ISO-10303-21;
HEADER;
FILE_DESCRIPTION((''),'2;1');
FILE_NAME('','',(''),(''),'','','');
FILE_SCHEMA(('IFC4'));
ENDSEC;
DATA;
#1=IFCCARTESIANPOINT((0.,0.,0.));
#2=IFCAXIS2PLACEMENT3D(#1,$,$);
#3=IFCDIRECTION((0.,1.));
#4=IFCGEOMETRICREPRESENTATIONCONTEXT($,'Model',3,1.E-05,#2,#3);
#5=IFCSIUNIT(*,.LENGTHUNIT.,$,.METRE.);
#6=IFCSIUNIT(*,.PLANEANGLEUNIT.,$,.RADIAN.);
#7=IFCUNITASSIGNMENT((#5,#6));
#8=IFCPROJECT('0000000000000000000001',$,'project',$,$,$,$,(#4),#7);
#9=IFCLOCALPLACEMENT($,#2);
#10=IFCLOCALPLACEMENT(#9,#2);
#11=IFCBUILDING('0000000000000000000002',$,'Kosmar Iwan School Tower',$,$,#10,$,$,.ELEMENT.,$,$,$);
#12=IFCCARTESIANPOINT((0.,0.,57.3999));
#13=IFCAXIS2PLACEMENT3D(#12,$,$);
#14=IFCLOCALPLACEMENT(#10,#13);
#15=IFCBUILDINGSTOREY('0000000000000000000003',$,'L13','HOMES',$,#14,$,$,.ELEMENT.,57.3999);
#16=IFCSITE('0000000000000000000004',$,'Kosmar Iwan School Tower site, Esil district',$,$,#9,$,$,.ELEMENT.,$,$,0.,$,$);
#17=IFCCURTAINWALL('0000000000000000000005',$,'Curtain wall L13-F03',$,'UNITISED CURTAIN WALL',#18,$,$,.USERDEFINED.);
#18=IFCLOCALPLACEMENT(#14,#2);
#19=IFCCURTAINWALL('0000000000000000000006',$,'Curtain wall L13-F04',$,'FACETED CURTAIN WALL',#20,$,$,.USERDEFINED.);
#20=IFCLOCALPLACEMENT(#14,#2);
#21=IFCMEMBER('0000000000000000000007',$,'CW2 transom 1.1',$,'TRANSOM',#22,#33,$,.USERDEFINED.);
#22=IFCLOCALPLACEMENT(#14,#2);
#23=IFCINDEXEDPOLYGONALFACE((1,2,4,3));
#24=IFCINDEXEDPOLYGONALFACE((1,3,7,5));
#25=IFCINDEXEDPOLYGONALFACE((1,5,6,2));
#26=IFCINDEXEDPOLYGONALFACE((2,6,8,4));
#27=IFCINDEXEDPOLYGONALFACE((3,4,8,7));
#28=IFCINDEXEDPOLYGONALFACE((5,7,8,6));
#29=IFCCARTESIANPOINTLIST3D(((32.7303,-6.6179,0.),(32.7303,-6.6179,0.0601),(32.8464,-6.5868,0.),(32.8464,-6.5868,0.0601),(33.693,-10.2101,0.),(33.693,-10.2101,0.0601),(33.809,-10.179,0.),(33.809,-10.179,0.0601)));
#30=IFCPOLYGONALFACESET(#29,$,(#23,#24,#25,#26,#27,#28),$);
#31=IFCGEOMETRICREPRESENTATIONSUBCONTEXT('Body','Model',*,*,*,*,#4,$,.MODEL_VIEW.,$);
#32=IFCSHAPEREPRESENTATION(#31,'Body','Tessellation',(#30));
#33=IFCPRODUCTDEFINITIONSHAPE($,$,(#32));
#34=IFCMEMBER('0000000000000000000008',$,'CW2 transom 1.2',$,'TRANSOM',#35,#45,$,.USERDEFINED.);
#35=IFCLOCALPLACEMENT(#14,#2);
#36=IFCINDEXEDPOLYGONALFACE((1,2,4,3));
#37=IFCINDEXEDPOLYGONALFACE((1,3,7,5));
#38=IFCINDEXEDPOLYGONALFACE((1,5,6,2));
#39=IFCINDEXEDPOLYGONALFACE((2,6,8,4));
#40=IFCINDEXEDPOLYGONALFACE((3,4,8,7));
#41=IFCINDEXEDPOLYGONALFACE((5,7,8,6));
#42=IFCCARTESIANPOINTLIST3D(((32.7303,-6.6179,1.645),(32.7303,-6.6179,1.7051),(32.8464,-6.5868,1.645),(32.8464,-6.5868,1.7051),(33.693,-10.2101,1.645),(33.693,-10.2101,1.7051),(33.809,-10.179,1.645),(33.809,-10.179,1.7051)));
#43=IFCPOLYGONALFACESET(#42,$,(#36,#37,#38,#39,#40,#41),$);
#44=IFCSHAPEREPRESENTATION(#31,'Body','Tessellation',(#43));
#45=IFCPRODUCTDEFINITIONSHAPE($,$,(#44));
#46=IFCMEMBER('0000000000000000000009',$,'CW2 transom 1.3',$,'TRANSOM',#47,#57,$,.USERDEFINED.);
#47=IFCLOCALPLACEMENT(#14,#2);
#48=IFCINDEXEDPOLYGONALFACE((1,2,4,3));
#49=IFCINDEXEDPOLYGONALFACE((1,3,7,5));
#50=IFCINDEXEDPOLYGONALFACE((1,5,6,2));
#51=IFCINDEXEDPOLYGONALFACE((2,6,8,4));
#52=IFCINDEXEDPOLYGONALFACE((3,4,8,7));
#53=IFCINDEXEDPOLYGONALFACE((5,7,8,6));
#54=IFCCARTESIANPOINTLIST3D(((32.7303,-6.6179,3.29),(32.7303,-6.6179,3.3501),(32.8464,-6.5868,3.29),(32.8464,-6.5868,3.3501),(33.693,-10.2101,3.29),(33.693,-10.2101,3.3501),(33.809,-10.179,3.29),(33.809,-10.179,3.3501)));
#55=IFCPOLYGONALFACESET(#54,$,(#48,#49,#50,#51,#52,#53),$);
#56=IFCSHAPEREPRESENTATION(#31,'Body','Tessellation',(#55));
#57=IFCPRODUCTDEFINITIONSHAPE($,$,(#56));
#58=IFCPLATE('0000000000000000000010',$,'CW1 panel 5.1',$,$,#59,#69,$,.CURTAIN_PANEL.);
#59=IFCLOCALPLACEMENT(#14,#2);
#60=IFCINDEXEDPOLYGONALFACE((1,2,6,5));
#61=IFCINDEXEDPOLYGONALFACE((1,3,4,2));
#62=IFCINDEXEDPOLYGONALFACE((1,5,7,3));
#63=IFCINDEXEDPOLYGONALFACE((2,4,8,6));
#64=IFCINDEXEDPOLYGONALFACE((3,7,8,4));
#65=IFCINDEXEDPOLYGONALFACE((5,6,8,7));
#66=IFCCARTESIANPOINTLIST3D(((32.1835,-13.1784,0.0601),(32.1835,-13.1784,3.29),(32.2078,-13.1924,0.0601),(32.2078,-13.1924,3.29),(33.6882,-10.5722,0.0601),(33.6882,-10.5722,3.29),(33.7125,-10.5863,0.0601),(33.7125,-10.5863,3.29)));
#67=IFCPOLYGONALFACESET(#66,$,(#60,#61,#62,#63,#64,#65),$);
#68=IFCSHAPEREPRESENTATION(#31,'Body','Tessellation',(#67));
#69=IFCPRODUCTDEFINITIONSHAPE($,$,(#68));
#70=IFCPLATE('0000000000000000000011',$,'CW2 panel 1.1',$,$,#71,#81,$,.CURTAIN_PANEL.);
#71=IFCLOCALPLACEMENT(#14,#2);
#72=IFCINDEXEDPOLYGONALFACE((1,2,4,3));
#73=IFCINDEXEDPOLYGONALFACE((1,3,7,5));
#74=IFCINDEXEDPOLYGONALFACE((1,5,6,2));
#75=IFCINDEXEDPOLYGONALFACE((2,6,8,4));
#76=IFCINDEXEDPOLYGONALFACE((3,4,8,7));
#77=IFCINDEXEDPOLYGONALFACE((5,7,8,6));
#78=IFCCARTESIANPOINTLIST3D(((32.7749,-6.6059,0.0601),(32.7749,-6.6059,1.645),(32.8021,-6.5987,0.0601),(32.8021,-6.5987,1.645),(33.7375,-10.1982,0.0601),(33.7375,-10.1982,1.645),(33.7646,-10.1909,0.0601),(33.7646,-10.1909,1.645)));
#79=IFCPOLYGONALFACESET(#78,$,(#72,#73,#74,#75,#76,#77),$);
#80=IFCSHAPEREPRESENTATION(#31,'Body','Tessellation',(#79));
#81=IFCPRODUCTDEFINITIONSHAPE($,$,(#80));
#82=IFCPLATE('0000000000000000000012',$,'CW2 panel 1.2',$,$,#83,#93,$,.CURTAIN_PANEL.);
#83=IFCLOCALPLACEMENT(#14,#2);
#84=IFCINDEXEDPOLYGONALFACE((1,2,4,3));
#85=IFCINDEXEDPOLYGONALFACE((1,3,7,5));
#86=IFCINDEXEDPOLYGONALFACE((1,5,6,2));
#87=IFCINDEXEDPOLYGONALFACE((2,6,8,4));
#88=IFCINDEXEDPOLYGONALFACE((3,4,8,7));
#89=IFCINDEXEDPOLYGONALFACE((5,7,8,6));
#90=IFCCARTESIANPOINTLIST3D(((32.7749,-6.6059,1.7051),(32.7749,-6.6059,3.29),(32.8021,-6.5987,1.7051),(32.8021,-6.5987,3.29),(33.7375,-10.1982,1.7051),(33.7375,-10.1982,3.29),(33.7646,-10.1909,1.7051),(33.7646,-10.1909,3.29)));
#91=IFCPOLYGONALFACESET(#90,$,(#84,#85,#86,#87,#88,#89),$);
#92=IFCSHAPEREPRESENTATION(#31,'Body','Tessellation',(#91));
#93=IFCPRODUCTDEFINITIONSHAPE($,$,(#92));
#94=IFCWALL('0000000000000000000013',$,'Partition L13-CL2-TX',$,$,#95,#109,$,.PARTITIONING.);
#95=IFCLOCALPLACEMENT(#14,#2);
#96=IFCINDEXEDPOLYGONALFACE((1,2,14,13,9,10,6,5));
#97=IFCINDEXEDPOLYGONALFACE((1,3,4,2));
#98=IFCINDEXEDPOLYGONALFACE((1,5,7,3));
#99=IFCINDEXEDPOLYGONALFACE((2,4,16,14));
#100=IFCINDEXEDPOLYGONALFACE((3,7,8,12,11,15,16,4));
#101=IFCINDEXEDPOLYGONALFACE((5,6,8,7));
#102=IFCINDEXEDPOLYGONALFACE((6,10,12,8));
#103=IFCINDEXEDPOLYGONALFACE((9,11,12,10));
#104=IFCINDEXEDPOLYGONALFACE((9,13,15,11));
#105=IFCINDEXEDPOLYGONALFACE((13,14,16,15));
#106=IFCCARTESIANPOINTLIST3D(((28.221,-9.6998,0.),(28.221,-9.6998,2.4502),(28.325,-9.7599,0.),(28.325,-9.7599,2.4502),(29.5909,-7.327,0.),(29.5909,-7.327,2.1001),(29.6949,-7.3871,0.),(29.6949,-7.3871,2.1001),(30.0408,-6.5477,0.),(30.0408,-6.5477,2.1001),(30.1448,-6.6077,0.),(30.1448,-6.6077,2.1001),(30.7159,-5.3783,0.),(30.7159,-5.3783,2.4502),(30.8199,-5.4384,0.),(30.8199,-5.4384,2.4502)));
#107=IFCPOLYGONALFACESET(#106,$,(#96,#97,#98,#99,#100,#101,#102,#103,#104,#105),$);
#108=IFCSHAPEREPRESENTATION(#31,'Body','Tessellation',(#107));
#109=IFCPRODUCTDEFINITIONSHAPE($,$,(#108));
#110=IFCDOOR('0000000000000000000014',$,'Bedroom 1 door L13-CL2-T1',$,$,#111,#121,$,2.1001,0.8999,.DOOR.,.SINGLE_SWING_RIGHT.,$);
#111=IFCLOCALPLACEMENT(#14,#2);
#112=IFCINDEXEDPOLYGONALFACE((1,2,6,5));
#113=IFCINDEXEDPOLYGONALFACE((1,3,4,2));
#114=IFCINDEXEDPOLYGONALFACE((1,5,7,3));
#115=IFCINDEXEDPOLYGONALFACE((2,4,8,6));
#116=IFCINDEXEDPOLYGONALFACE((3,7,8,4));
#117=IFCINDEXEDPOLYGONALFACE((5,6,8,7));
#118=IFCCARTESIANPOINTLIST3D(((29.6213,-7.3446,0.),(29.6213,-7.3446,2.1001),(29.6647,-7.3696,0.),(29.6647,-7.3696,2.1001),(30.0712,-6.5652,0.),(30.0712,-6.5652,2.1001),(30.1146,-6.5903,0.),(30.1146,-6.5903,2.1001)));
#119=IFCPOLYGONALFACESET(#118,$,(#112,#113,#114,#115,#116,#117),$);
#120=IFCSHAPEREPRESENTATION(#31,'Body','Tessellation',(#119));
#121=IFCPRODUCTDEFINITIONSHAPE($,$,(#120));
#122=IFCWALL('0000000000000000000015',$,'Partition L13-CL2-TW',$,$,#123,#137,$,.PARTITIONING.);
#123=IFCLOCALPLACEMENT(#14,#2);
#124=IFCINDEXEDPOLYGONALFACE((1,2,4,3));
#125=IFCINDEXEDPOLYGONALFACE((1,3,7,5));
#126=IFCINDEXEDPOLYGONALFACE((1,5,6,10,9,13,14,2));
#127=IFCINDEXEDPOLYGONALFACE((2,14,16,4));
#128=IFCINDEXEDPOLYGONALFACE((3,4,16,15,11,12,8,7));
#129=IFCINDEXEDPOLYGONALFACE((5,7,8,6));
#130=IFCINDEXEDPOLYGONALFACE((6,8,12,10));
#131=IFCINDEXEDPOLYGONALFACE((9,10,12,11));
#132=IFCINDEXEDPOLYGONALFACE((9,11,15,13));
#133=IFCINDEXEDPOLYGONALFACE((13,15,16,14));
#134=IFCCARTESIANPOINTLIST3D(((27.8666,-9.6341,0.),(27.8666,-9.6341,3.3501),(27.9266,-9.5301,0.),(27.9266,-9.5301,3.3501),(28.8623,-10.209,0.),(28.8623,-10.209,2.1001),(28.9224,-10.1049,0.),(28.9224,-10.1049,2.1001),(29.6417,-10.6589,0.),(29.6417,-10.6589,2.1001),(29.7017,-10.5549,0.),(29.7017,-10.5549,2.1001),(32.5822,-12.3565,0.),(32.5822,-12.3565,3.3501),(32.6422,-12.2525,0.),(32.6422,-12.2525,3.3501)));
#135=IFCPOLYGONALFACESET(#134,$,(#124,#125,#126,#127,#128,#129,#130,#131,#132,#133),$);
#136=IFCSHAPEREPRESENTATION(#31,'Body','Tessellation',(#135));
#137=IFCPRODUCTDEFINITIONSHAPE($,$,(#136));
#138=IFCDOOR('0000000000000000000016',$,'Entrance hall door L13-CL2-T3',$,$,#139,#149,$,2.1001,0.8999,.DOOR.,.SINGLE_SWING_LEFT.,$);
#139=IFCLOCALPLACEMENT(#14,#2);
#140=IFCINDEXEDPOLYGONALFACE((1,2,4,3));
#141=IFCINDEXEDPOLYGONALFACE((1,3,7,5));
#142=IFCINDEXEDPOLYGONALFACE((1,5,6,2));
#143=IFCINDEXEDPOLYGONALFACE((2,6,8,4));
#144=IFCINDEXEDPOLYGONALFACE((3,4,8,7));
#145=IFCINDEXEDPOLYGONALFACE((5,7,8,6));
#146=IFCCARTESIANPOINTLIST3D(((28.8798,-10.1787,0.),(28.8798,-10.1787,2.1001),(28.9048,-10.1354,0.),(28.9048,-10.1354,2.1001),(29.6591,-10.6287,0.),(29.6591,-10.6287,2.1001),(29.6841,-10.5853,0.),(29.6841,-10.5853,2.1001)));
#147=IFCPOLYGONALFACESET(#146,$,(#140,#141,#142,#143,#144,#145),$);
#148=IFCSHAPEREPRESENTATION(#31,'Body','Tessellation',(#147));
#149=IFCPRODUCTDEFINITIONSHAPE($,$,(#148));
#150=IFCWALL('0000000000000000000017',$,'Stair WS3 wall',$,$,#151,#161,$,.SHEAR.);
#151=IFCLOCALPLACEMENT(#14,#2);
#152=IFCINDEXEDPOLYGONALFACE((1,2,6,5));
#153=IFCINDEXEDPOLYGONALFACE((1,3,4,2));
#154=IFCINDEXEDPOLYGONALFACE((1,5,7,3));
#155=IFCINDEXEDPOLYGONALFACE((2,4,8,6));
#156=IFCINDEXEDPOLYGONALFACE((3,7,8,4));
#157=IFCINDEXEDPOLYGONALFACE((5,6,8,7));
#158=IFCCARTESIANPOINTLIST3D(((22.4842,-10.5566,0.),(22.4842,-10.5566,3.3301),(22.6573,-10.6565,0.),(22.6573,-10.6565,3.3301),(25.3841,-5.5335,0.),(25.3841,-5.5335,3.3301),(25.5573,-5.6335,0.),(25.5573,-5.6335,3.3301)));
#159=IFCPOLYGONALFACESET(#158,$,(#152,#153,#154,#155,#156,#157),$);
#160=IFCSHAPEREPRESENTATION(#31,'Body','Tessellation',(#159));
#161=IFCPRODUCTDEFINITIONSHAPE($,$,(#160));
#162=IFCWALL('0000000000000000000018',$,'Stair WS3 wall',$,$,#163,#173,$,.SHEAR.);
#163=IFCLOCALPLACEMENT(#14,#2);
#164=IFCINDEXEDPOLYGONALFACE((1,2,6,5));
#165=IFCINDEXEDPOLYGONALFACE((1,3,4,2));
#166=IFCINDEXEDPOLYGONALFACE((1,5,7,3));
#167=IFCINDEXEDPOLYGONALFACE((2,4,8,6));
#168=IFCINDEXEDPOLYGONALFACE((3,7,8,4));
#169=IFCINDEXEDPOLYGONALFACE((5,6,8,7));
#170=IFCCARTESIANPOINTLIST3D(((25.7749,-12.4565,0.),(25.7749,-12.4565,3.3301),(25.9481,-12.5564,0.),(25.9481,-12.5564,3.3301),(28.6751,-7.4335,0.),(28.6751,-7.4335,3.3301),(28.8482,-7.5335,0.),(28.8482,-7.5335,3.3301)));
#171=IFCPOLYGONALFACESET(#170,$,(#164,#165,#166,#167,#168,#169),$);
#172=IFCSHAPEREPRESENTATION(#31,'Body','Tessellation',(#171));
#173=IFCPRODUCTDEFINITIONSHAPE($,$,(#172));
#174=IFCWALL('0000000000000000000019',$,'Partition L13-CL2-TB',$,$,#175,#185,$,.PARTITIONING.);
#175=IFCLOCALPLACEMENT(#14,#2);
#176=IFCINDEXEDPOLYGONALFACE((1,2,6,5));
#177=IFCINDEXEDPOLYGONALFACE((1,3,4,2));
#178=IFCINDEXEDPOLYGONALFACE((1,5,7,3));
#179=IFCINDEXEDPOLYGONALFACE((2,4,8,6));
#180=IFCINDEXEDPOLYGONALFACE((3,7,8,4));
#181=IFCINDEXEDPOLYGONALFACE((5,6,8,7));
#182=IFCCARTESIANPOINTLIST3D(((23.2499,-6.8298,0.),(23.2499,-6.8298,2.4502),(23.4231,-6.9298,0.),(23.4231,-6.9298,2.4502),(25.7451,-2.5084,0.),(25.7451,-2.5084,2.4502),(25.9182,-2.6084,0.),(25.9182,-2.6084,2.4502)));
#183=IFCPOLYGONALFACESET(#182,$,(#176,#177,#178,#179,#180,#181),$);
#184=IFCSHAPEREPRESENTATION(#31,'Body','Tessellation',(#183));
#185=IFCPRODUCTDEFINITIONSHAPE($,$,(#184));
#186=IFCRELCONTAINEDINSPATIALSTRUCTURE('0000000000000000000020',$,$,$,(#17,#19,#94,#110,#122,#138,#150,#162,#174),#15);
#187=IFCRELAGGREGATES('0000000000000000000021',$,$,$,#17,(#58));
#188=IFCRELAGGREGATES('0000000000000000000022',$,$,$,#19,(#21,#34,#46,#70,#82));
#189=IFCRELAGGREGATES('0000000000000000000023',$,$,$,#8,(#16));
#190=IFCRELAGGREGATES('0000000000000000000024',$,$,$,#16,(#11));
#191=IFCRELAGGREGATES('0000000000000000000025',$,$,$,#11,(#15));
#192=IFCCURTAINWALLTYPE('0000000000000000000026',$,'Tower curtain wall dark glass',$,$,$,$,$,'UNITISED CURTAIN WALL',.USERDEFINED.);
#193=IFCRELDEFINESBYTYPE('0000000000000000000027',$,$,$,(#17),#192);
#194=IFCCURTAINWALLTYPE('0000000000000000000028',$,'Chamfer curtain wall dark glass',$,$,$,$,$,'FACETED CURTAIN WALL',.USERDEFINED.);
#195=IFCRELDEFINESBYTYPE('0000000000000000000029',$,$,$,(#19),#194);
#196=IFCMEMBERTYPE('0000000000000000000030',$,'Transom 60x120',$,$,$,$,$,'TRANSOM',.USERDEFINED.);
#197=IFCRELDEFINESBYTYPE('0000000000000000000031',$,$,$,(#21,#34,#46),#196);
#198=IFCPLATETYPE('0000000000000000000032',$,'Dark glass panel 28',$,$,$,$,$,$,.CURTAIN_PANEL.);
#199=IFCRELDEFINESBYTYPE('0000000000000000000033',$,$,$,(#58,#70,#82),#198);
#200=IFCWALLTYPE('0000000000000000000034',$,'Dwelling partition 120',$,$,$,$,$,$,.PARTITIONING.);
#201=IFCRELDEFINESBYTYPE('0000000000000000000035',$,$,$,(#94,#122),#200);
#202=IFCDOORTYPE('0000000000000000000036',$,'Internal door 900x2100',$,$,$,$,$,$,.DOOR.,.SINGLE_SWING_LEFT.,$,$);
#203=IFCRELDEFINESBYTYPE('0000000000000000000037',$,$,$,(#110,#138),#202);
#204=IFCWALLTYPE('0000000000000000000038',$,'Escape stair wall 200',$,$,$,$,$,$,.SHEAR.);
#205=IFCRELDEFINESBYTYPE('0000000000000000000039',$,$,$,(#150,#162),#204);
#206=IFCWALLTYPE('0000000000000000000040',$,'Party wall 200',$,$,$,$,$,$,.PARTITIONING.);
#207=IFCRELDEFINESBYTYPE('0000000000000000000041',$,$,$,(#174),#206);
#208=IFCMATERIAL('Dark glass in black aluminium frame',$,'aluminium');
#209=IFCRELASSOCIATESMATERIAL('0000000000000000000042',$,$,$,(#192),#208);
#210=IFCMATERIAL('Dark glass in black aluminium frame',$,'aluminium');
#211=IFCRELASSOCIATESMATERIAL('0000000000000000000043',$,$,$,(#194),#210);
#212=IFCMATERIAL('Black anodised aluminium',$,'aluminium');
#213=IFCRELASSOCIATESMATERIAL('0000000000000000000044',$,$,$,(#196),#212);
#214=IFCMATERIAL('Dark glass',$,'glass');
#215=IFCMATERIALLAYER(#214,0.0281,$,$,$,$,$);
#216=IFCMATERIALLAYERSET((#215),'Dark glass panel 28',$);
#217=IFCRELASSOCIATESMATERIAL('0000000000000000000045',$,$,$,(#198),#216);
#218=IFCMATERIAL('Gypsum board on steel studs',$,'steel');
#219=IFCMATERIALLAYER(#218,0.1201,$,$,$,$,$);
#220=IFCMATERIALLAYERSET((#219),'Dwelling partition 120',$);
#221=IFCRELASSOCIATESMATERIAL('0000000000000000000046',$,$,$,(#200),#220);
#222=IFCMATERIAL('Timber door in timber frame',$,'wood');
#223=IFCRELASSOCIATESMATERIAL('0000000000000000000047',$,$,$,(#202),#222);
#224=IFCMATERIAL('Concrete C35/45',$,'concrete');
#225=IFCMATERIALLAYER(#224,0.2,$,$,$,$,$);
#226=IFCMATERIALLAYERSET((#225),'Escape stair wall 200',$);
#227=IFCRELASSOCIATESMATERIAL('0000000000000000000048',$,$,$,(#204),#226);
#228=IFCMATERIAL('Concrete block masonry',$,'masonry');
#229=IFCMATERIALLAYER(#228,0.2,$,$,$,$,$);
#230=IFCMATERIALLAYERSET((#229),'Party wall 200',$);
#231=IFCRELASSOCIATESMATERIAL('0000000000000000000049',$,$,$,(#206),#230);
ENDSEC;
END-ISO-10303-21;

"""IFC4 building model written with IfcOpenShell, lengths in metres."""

from ifc_helpers import new_model, si_unit, direction, frame, frame_2d, origin, origin_2d, place, context, subcontext, project, spatial, rectangle, extrude, material, layer, layer_set, material_profile, profile_set, type_object, element, fill, aggregate, save


model = new_model("IFC4")

# Units and contexts
model_context = context("Model", 3, precision=1e-05, world=origin(), true_north=direction((0.0, 1.0)))
body_context = subcontext(model_context, "Body", "Model", "MODEL_VIEW")
ifc_project = project(units=[si_unit("LENGTHUNIT", "METRE"), si_unit("PLANEANGLEUNIT", "RADIAN")], contexts=[model_context])

# Site, building, storey
site_placement = place(None, origin())
site = spatial("IfcSite", under=ifc_project, at=site_placement, Name="Kosmar Iwan School Tower site, Esil district", CompositionType="ELEMENT", RefElevation=0.0)
building_placement = place(site_placement, origin())
building = spatial("IfcBuilding", under=site, at=building_placement, Name="Kosmar Iwan School Tower", CompositionType="ELEMENT")
storey_placement = place(building_placement, frame((0.0, 0.0, 57.3999)))
storey = spatial("IfcBuildingStorey", under=building, at=storey_placement, Name="L13", Description="HOMES", CompositionType="ELEMENT", Elevation=57.3999)

# Curtain wall
ifc_material_1 = material(Name="Dark glass in black aluminium frame", Category="aluminium")
curtain_wall_type_1 = type_object("IfcCurtainWallType", Name="Tower curtain wall dark glass", ElementType="UNITISED CURTAIN WALL", PredefinedType="USERDEFINED", material=ifc_material_1)
curtain_wall_1_placement = place(storey_placement, origin())
curtain_wall_1 = element("IfcCurtainWall", 1, at=curtain_wall_1_placement, inside=storey, type_object=curtain_wall_type_1, Name="Curtain wall L13-F03", ObjectType="UNITISED CURTAIN WALL", PredefinedType="USERDEFINED")

# Curtain wall
ifc_material_2 = material(Name="Dark glass in black aluminium frame", Category="aluminium")
curtain_wall_type_2 = type_object("IfcCurtainWallType", Name="Chamfer curtain wall dark glass", ElementType="FACETED CURTAIN WALL", PredefinedType="USERDEFINED", material=ifc_material_2)
curtain_wall_2_placement = place(storey_placement, origin())
curtain_wall_2 = element("IfcCurtainWall", 2, at=curtain_wall_2_placement, inside=storey, type_object=curtain_wall_type_2, Name="Curtain wall L13-F04", ObjectType="FACETED CURTAIN WALL", PredefinedType="USERDEFINED")

# Members
ifc_material_3 = material(Name="Black anodised aluminium", Category="aluminium")
ifc_material_profile_1 = material_profile(ifc_material_3, rectangle(XDim=0.1201, YDim=0.0601, at=origin_2d()), Name="TRANSOM 60x120")
ifc_profile_set_1 = profile_set([ifc_material_profile_1], Name="Black anodised aluminium")
member_type_1 = type_object("IfcMemberType", Name="Transom 60x120", ElementType="TRANSOM", PredefinedType="USERDEFINED", material=ifc_profile_set_1)
member_1_placement = place(storey_placement, frame((33.751, -10.1946, 0.03), z_axis=(-0.258843, 0.965919, 0.0), x_axis=(-0.965919, -0.258843, 0.0)))
member_1 = element("IfcMember", 3, at=member_1_placement, type_object=member_type_1, Name="CW2 transom 1.1", ObjectType="TRANSOM", PredefinedType="USERDEFINED", context=body_context, shape_type="SweptSolid", body=[
    extrude(rectangle(XDim=0.1201, YDim=0.0601, at=origin_2d()), origin(), (0.0, 0.0, 1.0), 3.719),
])
member_2_placement = place(storey_placement, frame((33.751, -10.1946, 1.675), z_axis=(-0.258843, 0.965919, 0.0), x_axis=(-0.965919, -0.258843, 0.0)))
member_2 = element("IfcMember", 4, at=member_2_placement, type_object=member_type_1, Name="CW2 transom 1.2", ObjectType="TRANSOM", PredefinedType="USERDEFINED", context=body_context, shape_type="SweptSolid", body=[
    extrude(rectangle(XDim=0.1201, YDim=0.0601, at=origin_2d()), origin(), (0.0, 0.0, 1.0), 3.719),
])
member_3_placement = place(storey_placement, frame((33.751, -10.1946, 3.3201), z_axis=(-0.258843, 0.965919, 0.0), x_axis=(-0.965919, -0.258843, 0.0)))
member_3 = element("IfcMember", 5, at=member_3_placement, type_object=member_type_1, Name="CW2 transom 1.3", ObjectType="TRANSOM", PredefinedType="USERDEFINED", context=body_context, shape_type="SweptSolid", body=[
    extrude(rectangle(XDim=0.1201, YDim=0.0601, at=origin_2d()), origin(), (0.0, 0.0, 1.0), 3.719),
])

# Plates
ifc_material_4 = material(Name="Dark glass", Category="glass")
ifc_layer_1 = layer(ifc_material_4, 0.0281)
ifc_layer_set_1 = layer_set([ifc_layer_1], Name="Dark glass panel 28")
plate_type = type_object("IfcPlateType", Name="Dark glass panel 28", PredefinedType="CURTAIN_PANEL", material=ifc_layer_set_1)
plate_1_placement = place(storey_placement, frame((32.948, -11.8823, 0.0601), z_axis=(0.0, 0.0, 1.0), x_axis=(0.5, 0.866025, 0.0)))
plate_1 = element("IfcPlate", 6, at=plate_1_placement, type_object=plate_type, Name="CW1 panel 5.1", PredefinedType="CURTAIN_PANEL", context=body_context, shape_type="SweptSolid", body=[
    extrude(rectangle(XDim=3.0093, YDim=0.0281, at=origin_2d()), origin(), (0.0, 0.0, 1.0), 3.23),
])
aggregate(curtain_wall_1, [plate_1])
plate_2_placement = place(storey_placement, frame((33.2698, -8.3984, 0.0601), z_axis=(0.0, 0.0, 1.0), x_axis=(-0.258819, 0.965926, 0.0)))
plate_2 = element("IfcPlate", 7, at=plate_2_placement, type_object=plate_type, Name="CW2 panel 1.1", PredefinedType="CURTAIN_PANEL", context=body_context, shape_type="SweptSolid", body=[
    extrude(rectangle(XDim=3.719, YDim=0.0281, at=origin_2d()), origin(), (0.0, 0.0, 1.0), 1.585),
])
plate_3_placement = place(storey_placement, frame((33.2698, -8.3984, 1.7051), z_axis=(0.0, 0.0, 1.0), x_axis=(-0.258819, 0.965926, 0.0)))
plate_3 = element("IfcPlate", 8, at=plate_3_placement, type_object=plate_type, Name="CW2 panel 1.2", PredefinedType="CURTAIN_PANEL", context=body_context, shape_type="SweptSolid", body=[
    extrude(rectangle(XDim=3.719, YDim=0.0281, at=origin_2d()), origin(), (0.0, 0.0, 1.0), 1.585),
])
aggregate(curtain_wall_2, [member_1, member_2, member_3, plate_2, plate_3])

# Walls, openings, doors
ifc_material_5 = material(Name="Gypsum board on steel studs", Category="steel")
ifc_layer_2 = layer(ifc_material_5, 0.1201)
ifc_layer_set_2 = layer_set([ifc_layer_2], Name="Dwelling partition 120")
wall_type_1 = type_object("IfcWallType", Name="Dwelling partition 120", PredefinedType="PARTITIONING", material=ifc_layer_set_2)
wall_1_placement = place(storey_placement, frame((28.2729, -9.73, 0.0), z_axis=(0.0, 0.0, 1.0), x_axis=(0.499975, 0.86604, 0.0)))
wall_1 = element("IfcWall", 9, at=wall_1_placement, inside=storey, type_object=wall_type_1, Name="Partition L13-CL2-TX", PredefinedType="PARTITIONING", context=body_context, shape_type="SweptSolid", body=[
    extrude(rectangle(XDim=4.99, YDim=0.1201, at=frame_2d((2.4951, 0.0))), origin(), (0.0, 0.0, 1.0), 2.4502),
])
opening_1_placement = place(wall_1_placement, frame((2.74, 0.0, 0.0)))
opening_1 = element("IfcOpeningElement", 10, at=opening_1_placement, cuts=wall_1, PredefinedType="OPENING", context=body_context, shape_type="SweptSolid", body=[
    extrude(rectangle(XDim=0.8999, YDim=2.1001, at=frame_2d((0.45, 1.05))), frame((0.0, 0.072, 0.0), z_axis=(0.0, -1.0, 0.0), x_axis=(1.0, 0.0, 0.0)), (0.0, 0.0, 1.0), 0.144),
])
ifc_material_6 = material(Name="Timber door in timber frame", Category="wood")
door_type = type_object("IfcDoorType", Name="Internal door 900x2100", OperationType="SINGLE_SWING_LEFT", PredefinedType="DOOR", material=ifc_material_6)
door_1_placement = place(opening_1_placement, origin())
door_1 = element("IfcDoor", 11, at=door_1_placement, inside=storey, type_object=door_type, Name="Bedroom 1 door L13-CL2-T1", OperationType="SINGLE_SWING_RIGHT", OverallHeight=2.1001, OverallWidth=0.8999, PredefinedType="DOOR", context=body_context, shape_type="SweptSolid", body=[
    extrude(rectangle(XDim=0.8999, YDim=2.1001, at=frame_2d((0.45, 1.05))), frame((0.0, 0.0249, 0.0), z_axis=(0.0, -1.0, 0.0), x_axis=(1.0, 0.0, 0.0)), (0.0, 0.0, 1.0), 0.05),
])
fill(opening_1, door_1)
wall_2_placement = place(storey_placement, frame((27.8965, -9.582, 0.0), z_axis=(0.0, 0.0, 1.0), x_axis=(0.866036, -0.499982, 0.0)))
wall_2 = element("IfcWall", 12, at=wall_2_placement, inside=storey, type_object=wall_type_1, Name="Partition L13-CL2-TW", PredefinedType="PARTITIONING", context=body_context, shape_type="SweptSolid", body=[
    extrude(rectangle(XDim=5.4451, YDim=0.1201, at=frame_2d((2.7227, 0.0))), origin(), (0.0, 0.0, 1.0), 3.3501),
])
opening_2_placement = place(wall_2_placement, frame((1.1499, 0.0, 0.0)))
opening_2 = element("IfcOpeningElement", 13, at=opening_2_placement, cuts=wall_2, PredefinedType="OPENING", context=body_context, shape_type="SweptSolid", body=[
    extrude(rectangle(XDim=0.8999, YDim=2.1001, at=frame_2d((0.45, 1.05))), frame((0.0, 0.072, 0.0), z_axis=(0.0, -1.0, 0.0), x_axis=(1.0, 0.0, 0.0)), (0.0, 0.0, 1.0), 0.144),
])
door_2_placement = place(opening_2_placement, origin())
door_2 = element("IfcDoor", 14, at=door_2_placement, inside=storey, type_object=door_type, Name="Entrance hall door L13-CL2-T3", OperationType="SINGLE_SWING_LEFT", OverallHeight=2.1001, OverallWidth=0.8999, PredefinedType="DOOR", context=body_context, shape_type="SweptSolid", body=[
    extrude(rectangle(XDim=0.8999, YDim=2.1001, at=frame_2d((0.45, 1.05))), frame((0.0, 0.0249, 0.0), z_axis=(0.0, -1.0, 0.0), x_axis=(1.0, 0.0, 0.0)), (0.0, 0.0, 1.0), 0.05),
])
fill(opening_2, door_2)

# Walls
ifc_material_7 = material(Name="Concrete C35/45", Category="concrete")
ifc_layer_3 = layer(ifc_material_7, 0.2)
ifc_layer_set_3 = layer_set([ifc_layer_3], Name="Escape stair wall 200")
wall_type_2 = type_object("IfcWallType", Name="Escape stair wall 200", PredefinedType="SHEAR", material=ifc_layer_set_3)
for number, where, z_axis, x_axis, name in (
    (15, (22.5708, -10.6064, 0.0), (0.0, 0.0, 1.0), (0.499987, 0.866033, 0.0), "Stair WS3 wall"),
    (16, (25.8616, -12.5063, 0.0), (0.0, 0.0, 1.0), (0.500019, 0.866015, 0.0), "Stair WS3 wall"),
):
    element("IfcWall", number, at=place(storey_placement, frame(where, z_axis=z_axis, x_axis=x_axis)), inside=storey, type_object=wall_type_2, Name=name, PredefinedType="SHEAR", context=body_context, shape_type="SweptSolid", body=[
        extrude(rectangle(XDim=5.8, YDim=0.2, at=frame_2d((2.8999, 0.0))), origin(), (0.0, 0.0, 1.0), 3.3301),
    ])
ifc_material_8 = material(Name="Concrete block masonry", Category="masonry")
ifc_layer_4 = layer(ifc_material_8, 0.2)
ifc_layer_set_4 = layer_set([ifc_layer_4], Name="Party wall 200")
wall_type_3 = type_object("IfcWallType", Name="Party wall 200", PredefinedType="PARTITIONING", material=ifc_layer_set_4)
wall_3_placement = place(storey_placement, frame((23.3364, -6.8799, 0.0), z_axis=(0.0, 0.0, 1.0), x_axis=(0.500033, 0.866006, 0.0)))
element("IfcWall", 17, at=wall_3_placement, inside=storey, type_object=wall_type_3, Name="Partition L13-CL2-TB", PredefinedType="PARTITIONING", context=body_context, shape_type="SweptSolid", body=[
    extrude(rectangle(XDim=4.99, YDim=0.2, at=frame_2d((2.4951, 0.0))), origin(), (0.0, 0.0, 1.0), 2.4502),
])

save(model, "model.ifc")
